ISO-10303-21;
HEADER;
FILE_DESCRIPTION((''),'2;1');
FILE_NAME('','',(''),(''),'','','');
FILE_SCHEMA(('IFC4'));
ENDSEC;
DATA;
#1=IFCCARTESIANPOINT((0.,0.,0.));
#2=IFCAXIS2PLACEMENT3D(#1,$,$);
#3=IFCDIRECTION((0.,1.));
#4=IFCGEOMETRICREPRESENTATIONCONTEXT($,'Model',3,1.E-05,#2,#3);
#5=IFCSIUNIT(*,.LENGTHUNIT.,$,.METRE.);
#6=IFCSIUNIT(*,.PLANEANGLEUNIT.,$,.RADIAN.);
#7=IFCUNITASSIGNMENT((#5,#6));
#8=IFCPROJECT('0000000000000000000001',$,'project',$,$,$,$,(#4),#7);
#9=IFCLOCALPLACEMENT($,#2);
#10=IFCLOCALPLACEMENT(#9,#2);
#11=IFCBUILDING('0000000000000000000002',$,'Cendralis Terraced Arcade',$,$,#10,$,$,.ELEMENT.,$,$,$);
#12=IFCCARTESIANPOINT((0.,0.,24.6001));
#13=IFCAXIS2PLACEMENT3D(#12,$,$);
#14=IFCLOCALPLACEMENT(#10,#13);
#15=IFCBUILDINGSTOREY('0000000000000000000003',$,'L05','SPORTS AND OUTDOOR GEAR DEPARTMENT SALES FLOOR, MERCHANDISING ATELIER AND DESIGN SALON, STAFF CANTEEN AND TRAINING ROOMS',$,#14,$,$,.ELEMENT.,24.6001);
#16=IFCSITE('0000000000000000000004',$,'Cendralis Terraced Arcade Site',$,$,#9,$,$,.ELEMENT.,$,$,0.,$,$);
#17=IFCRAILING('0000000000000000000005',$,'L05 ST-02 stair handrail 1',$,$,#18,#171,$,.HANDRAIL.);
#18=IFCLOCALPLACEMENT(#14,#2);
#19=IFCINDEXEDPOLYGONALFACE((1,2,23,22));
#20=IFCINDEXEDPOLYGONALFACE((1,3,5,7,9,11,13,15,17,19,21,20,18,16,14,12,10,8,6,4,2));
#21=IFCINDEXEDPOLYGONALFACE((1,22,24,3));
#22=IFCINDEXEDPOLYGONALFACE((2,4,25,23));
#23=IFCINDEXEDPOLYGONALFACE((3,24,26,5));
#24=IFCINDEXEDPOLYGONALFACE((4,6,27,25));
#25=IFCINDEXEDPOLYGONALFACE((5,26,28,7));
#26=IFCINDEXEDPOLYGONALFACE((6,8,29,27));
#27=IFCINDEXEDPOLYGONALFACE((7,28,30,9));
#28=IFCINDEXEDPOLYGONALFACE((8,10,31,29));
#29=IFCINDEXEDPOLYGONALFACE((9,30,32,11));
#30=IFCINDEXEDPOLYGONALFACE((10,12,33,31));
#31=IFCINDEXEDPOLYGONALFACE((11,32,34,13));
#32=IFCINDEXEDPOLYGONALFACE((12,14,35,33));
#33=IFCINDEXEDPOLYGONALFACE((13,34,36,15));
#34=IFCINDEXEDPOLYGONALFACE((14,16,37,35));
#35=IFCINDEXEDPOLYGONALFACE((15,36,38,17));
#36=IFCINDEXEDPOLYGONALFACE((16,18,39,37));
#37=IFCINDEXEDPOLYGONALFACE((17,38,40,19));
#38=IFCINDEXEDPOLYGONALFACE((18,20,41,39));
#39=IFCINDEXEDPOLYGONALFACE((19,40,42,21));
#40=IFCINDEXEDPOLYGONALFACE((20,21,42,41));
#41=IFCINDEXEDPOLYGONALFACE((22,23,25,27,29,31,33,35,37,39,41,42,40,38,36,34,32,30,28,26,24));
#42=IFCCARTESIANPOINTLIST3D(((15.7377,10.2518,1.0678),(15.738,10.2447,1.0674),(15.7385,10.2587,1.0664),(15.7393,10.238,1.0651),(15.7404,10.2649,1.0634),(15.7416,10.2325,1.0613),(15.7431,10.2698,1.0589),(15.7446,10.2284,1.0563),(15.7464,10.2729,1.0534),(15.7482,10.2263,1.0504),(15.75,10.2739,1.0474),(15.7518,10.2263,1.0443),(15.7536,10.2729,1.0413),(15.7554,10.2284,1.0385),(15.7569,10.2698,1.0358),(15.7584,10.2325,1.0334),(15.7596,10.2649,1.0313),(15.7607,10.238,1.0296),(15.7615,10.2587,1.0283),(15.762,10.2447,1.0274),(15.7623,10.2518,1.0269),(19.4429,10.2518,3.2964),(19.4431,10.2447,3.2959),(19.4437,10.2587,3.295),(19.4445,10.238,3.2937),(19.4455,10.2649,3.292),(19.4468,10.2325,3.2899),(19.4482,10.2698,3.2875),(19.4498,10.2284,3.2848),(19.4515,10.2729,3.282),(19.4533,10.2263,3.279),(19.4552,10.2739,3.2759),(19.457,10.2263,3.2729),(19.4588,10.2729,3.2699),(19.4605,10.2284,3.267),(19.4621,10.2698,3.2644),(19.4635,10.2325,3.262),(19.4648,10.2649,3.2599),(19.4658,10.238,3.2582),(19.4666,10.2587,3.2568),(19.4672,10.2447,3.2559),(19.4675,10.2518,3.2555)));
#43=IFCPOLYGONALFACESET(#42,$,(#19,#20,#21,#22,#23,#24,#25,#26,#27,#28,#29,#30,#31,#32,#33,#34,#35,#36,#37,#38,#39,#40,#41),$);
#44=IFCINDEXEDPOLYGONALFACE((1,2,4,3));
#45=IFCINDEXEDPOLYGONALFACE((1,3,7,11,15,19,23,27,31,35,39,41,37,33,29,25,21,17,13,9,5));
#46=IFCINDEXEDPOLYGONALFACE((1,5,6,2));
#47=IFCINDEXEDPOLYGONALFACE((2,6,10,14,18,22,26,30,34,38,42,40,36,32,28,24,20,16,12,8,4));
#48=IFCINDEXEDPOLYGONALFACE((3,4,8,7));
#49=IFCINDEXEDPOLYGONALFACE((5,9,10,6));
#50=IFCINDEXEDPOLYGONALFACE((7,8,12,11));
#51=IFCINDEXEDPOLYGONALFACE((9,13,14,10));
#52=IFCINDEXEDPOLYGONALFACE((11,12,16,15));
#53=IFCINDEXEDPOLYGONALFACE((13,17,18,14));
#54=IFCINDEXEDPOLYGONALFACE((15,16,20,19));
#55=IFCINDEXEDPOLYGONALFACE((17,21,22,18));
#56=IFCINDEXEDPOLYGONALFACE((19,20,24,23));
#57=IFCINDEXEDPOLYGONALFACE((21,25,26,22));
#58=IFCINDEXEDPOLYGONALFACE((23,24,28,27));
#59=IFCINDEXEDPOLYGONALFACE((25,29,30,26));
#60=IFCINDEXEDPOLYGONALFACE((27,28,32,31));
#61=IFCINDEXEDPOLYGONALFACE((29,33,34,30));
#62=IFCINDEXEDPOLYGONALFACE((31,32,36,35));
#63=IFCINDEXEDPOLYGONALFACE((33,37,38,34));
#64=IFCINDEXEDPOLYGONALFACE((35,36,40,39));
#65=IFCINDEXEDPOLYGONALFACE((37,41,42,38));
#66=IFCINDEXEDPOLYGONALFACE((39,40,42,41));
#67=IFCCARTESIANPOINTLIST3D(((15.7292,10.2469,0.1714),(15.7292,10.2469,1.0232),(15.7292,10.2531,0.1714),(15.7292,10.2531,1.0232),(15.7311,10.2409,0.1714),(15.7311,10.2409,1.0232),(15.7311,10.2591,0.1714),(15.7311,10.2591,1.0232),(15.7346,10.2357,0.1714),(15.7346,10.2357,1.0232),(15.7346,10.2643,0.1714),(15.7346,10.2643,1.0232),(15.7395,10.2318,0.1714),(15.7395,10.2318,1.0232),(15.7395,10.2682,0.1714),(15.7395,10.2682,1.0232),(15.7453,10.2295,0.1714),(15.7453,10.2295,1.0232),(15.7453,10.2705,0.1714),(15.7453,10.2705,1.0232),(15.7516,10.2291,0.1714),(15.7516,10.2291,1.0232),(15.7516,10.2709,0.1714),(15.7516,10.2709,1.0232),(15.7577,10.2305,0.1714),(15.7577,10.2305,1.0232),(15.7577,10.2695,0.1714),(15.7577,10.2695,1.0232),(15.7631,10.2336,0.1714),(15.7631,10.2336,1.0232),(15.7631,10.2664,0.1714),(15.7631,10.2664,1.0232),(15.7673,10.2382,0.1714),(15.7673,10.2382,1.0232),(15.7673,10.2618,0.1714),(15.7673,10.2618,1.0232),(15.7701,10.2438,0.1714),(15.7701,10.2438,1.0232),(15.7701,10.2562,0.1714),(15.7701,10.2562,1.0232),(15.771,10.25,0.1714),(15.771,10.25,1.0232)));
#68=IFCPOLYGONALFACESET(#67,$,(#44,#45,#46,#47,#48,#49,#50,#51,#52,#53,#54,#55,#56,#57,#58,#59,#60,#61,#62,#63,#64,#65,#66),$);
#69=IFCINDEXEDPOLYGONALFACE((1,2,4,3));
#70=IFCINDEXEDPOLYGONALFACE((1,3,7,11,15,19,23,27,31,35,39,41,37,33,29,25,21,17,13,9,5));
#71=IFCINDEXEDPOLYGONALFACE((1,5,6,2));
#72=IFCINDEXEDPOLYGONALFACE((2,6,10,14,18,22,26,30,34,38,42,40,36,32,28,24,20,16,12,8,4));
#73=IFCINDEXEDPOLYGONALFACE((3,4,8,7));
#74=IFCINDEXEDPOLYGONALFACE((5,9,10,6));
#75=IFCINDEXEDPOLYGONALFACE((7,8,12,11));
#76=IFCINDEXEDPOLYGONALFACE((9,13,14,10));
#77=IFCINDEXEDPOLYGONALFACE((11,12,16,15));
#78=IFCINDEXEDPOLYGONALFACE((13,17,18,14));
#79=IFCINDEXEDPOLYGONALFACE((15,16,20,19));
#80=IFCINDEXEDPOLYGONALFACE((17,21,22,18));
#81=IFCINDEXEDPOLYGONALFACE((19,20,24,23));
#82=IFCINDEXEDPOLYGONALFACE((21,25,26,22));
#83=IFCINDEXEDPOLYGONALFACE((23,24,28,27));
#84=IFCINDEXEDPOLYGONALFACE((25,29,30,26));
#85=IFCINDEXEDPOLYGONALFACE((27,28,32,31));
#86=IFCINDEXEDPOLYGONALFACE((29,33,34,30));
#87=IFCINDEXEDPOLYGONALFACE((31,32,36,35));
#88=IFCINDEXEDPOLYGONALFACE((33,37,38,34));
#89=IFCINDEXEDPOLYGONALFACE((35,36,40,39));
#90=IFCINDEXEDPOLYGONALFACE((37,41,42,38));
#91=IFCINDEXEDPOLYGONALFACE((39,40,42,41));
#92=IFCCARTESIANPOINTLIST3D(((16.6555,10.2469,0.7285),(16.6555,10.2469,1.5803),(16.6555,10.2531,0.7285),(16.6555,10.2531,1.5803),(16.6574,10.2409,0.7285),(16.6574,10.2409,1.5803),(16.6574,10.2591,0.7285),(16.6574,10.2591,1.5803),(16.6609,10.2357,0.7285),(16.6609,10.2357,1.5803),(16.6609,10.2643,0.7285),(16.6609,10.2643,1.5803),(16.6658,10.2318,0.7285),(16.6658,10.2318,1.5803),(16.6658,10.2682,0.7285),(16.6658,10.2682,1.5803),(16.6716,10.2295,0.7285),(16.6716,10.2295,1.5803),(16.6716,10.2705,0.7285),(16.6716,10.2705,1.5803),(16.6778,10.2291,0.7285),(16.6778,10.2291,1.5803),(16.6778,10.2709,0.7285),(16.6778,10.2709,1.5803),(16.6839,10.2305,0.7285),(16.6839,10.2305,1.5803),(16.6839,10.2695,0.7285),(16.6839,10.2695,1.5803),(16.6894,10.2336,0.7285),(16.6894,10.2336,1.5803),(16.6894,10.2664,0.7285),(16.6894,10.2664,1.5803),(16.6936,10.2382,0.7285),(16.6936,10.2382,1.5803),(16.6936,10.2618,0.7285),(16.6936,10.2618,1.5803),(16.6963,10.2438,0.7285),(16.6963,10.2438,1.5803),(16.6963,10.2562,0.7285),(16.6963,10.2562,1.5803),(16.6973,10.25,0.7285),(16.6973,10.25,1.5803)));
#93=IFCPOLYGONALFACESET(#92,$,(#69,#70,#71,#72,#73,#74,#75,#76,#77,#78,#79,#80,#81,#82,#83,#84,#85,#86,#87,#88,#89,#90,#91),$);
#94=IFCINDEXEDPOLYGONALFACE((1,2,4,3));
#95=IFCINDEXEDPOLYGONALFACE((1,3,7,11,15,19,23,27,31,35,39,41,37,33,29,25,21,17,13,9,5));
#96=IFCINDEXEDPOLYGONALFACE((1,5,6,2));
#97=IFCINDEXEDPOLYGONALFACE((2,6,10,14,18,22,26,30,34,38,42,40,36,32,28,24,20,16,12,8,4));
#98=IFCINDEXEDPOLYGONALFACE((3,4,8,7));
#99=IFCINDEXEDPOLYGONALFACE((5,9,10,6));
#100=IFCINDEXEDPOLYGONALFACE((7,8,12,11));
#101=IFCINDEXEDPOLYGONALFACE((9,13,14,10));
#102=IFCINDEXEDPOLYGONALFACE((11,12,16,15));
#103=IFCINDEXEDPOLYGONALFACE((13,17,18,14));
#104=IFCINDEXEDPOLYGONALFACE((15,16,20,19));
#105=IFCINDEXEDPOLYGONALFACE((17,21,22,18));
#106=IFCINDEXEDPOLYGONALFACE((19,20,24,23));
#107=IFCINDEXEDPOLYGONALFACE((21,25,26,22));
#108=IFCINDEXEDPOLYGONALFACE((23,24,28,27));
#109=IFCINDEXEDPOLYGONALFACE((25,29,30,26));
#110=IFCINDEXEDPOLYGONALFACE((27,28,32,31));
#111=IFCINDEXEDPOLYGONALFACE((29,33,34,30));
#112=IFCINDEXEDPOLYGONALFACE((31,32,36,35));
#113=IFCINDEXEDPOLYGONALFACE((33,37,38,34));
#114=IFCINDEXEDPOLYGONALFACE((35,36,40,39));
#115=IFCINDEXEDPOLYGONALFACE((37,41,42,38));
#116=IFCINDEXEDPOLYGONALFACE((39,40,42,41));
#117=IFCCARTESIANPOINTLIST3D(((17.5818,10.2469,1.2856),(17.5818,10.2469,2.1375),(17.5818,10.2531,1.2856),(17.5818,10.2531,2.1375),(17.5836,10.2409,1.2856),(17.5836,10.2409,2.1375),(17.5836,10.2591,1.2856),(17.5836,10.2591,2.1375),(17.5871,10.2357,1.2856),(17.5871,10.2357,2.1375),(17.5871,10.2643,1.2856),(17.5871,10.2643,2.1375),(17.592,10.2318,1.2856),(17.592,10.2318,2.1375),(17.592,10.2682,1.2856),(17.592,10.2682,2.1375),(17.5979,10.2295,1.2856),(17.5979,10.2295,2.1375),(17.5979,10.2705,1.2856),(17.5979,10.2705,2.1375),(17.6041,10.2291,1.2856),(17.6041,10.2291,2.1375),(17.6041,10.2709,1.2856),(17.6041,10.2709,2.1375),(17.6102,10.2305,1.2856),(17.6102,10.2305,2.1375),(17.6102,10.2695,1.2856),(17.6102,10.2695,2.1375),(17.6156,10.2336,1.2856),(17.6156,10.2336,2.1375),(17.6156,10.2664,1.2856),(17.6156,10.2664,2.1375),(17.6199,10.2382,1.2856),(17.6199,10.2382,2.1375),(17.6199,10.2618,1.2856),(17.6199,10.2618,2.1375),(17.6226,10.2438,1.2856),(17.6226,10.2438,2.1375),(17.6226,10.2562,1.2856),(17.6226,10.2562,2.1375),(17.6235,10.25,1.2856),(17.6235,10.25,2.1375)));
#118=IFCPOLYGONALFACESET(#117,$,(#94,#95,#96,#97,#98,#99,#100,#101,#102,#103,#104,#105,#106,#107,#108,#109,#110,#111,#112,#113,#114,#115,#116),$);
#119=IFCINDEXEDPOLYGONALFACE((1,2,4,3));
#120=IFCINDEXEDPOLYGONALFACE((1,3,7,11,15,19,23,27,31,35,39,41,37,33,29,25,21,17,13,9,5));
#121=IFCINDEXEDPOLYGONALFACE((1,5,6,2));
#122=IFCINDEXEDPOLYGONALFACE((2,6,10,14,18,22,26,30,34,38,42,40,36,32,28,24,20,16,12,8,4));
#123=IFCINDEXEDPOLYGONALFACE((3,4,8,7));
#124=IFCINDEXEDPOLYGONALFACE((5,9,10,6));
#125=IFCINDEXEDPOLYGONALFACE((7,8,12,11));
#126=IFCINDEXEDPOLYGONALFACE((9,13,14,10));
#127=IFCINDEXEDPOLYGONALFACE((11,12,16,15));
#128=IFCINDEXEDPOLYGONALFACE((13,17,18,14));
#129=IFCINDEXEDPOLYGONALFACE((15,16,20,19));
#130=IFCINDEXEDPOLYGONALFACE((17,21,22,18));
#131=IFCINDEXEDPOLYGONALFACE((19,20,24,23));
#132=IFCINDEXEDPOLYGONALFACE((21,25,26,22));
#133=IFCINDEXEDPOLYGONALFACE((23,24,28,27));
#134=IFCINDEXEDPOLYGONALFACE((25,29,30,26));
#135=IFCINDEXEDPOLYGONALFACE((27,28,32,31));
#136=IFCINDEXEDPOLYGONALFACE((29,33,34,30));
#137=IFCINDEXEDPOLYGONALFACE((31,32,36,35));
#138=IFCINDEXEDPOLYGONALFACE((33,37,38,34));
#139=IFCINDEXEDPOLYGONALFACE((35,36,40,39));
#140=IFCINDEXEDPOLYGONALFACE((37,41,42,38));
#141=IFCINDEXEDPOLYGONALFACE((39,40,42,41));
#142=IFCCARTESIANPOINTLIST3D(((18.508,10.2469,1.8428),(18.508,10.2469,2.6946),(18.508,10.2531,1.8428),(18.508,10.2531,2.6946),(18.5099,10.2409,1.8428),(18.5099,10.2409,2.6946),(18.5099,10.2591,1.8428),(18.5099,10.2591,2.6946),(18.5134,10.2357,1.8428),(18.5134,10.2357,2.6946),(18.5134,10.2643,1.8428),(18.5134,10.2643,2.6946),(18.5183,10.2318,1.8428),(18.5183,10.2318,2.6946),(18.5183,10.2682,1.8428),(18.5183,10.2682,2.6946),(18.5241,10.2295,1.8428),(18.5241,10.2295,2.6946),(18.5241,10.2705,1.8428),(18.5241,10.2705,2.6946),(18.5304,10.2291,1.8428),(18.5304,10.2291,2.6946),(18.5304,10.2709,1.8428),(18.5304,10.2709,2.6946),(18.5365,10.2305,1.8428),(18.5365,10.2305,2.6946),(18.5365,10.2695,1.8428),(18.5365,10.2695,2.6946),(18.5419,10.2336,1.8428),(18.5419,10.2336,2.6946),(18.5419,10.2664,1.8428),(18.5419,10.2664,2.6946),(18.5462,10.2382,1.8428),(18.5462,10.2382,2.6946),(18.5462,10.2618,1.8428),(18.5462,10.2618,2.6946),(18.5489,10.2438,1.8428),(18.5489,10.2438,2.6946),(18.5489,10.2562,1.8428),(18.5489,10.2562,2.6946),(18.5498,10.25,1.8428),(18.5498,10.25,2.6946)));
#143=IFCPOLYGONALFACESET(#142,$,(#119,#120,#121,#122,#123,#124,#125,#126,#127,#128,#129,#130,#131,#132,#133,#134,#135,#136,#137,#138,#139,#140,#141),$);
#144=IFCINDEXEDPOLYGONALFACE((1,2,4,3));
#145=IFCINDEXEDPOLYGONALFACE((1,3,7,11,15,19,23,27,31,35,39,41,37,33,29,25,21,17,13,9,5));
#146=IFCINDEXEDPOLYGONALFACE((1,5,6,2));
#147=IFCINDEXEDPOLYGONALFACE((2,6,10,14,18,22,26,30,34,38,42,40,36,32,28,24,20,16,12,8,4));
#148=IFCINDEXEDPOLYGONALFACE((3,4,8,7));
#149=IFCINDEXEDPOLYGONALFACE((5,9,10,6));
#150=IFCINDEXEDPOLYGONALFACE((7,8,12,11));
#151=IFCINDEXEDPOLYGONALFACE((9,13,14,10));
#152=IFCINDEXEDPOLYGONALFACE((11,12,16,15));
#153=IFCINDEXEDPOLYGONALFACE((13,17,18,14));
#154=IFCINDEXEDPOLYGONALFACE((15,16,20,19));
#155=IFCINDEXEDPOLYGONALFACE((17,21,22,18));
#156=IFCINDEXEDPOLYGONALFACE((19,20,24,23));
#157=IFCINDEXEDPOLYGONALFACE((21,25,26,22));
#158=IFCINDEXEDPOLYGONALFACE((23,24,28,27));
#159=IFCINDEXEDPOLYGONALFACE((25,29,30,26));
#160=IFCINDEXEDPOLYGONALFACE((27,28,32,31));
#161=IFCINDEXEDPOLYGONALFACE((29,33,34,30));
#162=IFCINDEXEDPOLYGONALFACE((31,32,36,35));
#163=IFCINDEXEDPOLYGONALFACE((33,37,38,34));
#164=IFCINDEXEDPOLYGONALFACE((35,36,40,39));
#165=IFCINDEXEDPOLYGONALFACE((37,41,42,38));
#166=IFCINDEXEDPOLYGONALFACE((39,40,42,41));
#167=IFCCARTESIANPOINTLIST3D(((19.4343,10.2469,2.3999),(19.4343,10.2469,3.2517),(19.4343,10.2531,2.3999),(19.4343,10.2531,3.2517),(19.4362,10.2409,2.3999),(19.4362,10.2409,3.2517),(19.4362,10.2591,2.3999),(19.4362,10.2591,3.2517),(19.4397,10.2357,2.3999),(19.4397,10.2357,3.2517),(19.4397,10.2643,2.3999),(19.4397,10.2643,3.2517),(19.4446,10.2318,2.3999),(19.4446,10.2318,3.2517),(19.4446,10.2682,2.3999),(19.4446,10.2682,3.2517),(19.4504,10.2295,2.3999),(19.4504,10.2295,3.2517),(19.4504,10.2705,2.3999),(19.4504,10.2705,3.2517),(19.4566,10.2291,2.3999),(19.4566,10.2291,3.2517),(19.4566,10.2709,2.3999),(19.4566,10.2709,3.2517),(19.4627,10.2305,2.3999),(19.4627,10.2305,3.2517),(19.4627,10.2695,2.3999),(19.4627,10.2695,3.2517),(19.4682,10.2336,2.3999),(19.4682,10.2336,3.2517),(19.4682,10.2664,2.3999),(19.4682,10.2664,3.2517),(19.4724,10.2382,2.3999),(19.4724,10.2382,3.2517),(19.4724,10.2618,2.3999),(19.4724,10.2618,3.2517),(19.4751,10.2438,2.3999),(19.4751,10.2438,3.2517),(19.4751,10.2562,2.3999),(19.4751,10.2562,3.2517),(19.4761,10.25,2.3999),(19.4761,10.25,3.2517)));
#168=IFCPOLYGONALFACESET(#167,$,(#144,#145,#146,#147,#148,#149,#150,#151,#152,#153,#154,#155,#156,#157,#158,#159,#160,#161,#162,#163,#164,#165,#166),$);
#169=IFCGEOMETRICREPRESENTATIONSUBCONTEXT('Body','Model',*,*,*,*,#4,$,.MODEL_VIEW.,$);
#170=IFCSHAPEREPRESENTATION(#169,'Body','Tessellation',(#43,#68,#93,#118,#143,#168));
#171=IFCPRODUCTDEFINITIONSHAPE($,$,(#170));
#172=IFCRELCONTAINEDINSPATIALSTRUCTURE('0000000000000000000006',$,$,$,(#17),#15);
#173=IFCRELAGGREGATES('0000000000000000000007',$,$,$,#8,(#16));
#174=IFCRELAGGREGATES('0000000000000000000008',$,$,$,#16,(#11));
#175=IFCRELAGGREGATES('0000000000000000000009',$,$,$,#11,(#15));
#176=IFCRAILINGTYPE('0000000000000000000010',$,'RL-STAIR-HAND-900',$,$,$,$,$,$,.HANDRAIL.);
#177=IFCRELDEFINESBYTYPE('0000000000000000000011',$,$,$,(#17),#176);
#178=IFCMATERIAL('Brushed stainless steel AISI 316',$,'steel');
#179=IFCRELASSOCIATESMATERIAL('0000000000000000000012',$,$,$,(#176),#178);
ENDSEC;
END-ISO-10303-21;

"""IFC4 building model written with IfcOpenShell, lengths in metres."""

from ifc_helpers import new_model, si_unit, direction, frame, origin, origin_2d, place, context, subcontext, project, spatial, circle, extrude, material, type_object, element, save


model = new_model("IFC4")

# Units and contexts
model_context = context("Model", 3, precision=1e-05, world=origin(), true_north=direction((0.0, 1.0)))
body_context = subcontext(model_context, "Body", "Model", "MODEL_VIEW")
ifc_project = project(units=[si_unit("LENGTHUNIT", "METRE"), si_unit("PLANEANGLEUNIT", "RADIAN")], contexts=[model_context])

# Site, building, storey
site_placement = place(None, origin())
site = spatial("IfcSite", under=ifc_project, at=site_placement, Name="Cendralis Terraced Arcade Site", CompositionType="ELEMENT", RefElevation=0.0)
building_placement = place(site_placement, origin())
building = spatial("IfcBuilding", under=site, at=building_placement, Name="Cendralis Terraced Arcade", CompositionType="ELEMENT")
storey_placement = place(building_placement, frame((0.0, 0.0, 24.6001)))
storey = spatial("IfcBuildingStorey", under=building, at=storey_placement, Name="L05", Description="SPORTS AND OUTDOOR GEAR DEPARTMENT SALES FLOOR, MERCHANDISING ATELIER AND DESIGN SALON, STAFF CANTEEN AND TRAINING ROOMS", CompositionType="ELEMENT", Elevation=24.6001)

# Railing
ifc_material_1 = material(Name="Brushed stainless steel AISI 316", Category="steel")
railing_type = type_object("IfcRailingType", Name="RL-STAIR-HAND-900", PredefinedType="HANDRAIL", material=ifc_material_1)
railing_placement = place(storey_placement, frame((15.75, 10.25, 0.1714)))
element("IfcRailing", 1, at=railing_placement, inside=storey, type_object=railing_type, Name="L05 ST-02 stair handrail 1", PredefinedType="HANDRAIL", context=body_context, shape_type="SweptSolid", body=[
    extrude(circle(Radius=0.0239, at=origin_2d()), frame((0.0, 0.0, 0.876), z_axis=(0.856934, 0.0, 0.515425), x_axis=(0.0, 1.0, 0.0)), (0.0, 0.0, 1.0), 4.3237),
    extrude(circle(Radius=0.021, at=origin_2d()), origin(), (0.0, 0.0, 1.0), 0.8518),
    extrude(circle(Radius=0.021, at=origin_2d()), frame((0.9263, 0.0, 0.5571)), (0.0, 0.0, 1.0), 0.8518),
    extrude(circle(Radius=0.021, at=origin_2d()), frame((1.8525, 0.0, 1.1143)), (0.0, 0.0, 1.0), 0.8518),
    extrude(circle(Radius=0.021, at=origin_2d()), frame((2.7788, 0.0, 1.6714)), (0.0, 0.0, 1.0), 0.8518),
    extrude(circle(Radius=0.021, at=origin_2d()), frame((3.7051, 0.0, 2.2285)), (0.0, 0.0, 1.0), 0.8518),
])

save(model, "model.ifc")
